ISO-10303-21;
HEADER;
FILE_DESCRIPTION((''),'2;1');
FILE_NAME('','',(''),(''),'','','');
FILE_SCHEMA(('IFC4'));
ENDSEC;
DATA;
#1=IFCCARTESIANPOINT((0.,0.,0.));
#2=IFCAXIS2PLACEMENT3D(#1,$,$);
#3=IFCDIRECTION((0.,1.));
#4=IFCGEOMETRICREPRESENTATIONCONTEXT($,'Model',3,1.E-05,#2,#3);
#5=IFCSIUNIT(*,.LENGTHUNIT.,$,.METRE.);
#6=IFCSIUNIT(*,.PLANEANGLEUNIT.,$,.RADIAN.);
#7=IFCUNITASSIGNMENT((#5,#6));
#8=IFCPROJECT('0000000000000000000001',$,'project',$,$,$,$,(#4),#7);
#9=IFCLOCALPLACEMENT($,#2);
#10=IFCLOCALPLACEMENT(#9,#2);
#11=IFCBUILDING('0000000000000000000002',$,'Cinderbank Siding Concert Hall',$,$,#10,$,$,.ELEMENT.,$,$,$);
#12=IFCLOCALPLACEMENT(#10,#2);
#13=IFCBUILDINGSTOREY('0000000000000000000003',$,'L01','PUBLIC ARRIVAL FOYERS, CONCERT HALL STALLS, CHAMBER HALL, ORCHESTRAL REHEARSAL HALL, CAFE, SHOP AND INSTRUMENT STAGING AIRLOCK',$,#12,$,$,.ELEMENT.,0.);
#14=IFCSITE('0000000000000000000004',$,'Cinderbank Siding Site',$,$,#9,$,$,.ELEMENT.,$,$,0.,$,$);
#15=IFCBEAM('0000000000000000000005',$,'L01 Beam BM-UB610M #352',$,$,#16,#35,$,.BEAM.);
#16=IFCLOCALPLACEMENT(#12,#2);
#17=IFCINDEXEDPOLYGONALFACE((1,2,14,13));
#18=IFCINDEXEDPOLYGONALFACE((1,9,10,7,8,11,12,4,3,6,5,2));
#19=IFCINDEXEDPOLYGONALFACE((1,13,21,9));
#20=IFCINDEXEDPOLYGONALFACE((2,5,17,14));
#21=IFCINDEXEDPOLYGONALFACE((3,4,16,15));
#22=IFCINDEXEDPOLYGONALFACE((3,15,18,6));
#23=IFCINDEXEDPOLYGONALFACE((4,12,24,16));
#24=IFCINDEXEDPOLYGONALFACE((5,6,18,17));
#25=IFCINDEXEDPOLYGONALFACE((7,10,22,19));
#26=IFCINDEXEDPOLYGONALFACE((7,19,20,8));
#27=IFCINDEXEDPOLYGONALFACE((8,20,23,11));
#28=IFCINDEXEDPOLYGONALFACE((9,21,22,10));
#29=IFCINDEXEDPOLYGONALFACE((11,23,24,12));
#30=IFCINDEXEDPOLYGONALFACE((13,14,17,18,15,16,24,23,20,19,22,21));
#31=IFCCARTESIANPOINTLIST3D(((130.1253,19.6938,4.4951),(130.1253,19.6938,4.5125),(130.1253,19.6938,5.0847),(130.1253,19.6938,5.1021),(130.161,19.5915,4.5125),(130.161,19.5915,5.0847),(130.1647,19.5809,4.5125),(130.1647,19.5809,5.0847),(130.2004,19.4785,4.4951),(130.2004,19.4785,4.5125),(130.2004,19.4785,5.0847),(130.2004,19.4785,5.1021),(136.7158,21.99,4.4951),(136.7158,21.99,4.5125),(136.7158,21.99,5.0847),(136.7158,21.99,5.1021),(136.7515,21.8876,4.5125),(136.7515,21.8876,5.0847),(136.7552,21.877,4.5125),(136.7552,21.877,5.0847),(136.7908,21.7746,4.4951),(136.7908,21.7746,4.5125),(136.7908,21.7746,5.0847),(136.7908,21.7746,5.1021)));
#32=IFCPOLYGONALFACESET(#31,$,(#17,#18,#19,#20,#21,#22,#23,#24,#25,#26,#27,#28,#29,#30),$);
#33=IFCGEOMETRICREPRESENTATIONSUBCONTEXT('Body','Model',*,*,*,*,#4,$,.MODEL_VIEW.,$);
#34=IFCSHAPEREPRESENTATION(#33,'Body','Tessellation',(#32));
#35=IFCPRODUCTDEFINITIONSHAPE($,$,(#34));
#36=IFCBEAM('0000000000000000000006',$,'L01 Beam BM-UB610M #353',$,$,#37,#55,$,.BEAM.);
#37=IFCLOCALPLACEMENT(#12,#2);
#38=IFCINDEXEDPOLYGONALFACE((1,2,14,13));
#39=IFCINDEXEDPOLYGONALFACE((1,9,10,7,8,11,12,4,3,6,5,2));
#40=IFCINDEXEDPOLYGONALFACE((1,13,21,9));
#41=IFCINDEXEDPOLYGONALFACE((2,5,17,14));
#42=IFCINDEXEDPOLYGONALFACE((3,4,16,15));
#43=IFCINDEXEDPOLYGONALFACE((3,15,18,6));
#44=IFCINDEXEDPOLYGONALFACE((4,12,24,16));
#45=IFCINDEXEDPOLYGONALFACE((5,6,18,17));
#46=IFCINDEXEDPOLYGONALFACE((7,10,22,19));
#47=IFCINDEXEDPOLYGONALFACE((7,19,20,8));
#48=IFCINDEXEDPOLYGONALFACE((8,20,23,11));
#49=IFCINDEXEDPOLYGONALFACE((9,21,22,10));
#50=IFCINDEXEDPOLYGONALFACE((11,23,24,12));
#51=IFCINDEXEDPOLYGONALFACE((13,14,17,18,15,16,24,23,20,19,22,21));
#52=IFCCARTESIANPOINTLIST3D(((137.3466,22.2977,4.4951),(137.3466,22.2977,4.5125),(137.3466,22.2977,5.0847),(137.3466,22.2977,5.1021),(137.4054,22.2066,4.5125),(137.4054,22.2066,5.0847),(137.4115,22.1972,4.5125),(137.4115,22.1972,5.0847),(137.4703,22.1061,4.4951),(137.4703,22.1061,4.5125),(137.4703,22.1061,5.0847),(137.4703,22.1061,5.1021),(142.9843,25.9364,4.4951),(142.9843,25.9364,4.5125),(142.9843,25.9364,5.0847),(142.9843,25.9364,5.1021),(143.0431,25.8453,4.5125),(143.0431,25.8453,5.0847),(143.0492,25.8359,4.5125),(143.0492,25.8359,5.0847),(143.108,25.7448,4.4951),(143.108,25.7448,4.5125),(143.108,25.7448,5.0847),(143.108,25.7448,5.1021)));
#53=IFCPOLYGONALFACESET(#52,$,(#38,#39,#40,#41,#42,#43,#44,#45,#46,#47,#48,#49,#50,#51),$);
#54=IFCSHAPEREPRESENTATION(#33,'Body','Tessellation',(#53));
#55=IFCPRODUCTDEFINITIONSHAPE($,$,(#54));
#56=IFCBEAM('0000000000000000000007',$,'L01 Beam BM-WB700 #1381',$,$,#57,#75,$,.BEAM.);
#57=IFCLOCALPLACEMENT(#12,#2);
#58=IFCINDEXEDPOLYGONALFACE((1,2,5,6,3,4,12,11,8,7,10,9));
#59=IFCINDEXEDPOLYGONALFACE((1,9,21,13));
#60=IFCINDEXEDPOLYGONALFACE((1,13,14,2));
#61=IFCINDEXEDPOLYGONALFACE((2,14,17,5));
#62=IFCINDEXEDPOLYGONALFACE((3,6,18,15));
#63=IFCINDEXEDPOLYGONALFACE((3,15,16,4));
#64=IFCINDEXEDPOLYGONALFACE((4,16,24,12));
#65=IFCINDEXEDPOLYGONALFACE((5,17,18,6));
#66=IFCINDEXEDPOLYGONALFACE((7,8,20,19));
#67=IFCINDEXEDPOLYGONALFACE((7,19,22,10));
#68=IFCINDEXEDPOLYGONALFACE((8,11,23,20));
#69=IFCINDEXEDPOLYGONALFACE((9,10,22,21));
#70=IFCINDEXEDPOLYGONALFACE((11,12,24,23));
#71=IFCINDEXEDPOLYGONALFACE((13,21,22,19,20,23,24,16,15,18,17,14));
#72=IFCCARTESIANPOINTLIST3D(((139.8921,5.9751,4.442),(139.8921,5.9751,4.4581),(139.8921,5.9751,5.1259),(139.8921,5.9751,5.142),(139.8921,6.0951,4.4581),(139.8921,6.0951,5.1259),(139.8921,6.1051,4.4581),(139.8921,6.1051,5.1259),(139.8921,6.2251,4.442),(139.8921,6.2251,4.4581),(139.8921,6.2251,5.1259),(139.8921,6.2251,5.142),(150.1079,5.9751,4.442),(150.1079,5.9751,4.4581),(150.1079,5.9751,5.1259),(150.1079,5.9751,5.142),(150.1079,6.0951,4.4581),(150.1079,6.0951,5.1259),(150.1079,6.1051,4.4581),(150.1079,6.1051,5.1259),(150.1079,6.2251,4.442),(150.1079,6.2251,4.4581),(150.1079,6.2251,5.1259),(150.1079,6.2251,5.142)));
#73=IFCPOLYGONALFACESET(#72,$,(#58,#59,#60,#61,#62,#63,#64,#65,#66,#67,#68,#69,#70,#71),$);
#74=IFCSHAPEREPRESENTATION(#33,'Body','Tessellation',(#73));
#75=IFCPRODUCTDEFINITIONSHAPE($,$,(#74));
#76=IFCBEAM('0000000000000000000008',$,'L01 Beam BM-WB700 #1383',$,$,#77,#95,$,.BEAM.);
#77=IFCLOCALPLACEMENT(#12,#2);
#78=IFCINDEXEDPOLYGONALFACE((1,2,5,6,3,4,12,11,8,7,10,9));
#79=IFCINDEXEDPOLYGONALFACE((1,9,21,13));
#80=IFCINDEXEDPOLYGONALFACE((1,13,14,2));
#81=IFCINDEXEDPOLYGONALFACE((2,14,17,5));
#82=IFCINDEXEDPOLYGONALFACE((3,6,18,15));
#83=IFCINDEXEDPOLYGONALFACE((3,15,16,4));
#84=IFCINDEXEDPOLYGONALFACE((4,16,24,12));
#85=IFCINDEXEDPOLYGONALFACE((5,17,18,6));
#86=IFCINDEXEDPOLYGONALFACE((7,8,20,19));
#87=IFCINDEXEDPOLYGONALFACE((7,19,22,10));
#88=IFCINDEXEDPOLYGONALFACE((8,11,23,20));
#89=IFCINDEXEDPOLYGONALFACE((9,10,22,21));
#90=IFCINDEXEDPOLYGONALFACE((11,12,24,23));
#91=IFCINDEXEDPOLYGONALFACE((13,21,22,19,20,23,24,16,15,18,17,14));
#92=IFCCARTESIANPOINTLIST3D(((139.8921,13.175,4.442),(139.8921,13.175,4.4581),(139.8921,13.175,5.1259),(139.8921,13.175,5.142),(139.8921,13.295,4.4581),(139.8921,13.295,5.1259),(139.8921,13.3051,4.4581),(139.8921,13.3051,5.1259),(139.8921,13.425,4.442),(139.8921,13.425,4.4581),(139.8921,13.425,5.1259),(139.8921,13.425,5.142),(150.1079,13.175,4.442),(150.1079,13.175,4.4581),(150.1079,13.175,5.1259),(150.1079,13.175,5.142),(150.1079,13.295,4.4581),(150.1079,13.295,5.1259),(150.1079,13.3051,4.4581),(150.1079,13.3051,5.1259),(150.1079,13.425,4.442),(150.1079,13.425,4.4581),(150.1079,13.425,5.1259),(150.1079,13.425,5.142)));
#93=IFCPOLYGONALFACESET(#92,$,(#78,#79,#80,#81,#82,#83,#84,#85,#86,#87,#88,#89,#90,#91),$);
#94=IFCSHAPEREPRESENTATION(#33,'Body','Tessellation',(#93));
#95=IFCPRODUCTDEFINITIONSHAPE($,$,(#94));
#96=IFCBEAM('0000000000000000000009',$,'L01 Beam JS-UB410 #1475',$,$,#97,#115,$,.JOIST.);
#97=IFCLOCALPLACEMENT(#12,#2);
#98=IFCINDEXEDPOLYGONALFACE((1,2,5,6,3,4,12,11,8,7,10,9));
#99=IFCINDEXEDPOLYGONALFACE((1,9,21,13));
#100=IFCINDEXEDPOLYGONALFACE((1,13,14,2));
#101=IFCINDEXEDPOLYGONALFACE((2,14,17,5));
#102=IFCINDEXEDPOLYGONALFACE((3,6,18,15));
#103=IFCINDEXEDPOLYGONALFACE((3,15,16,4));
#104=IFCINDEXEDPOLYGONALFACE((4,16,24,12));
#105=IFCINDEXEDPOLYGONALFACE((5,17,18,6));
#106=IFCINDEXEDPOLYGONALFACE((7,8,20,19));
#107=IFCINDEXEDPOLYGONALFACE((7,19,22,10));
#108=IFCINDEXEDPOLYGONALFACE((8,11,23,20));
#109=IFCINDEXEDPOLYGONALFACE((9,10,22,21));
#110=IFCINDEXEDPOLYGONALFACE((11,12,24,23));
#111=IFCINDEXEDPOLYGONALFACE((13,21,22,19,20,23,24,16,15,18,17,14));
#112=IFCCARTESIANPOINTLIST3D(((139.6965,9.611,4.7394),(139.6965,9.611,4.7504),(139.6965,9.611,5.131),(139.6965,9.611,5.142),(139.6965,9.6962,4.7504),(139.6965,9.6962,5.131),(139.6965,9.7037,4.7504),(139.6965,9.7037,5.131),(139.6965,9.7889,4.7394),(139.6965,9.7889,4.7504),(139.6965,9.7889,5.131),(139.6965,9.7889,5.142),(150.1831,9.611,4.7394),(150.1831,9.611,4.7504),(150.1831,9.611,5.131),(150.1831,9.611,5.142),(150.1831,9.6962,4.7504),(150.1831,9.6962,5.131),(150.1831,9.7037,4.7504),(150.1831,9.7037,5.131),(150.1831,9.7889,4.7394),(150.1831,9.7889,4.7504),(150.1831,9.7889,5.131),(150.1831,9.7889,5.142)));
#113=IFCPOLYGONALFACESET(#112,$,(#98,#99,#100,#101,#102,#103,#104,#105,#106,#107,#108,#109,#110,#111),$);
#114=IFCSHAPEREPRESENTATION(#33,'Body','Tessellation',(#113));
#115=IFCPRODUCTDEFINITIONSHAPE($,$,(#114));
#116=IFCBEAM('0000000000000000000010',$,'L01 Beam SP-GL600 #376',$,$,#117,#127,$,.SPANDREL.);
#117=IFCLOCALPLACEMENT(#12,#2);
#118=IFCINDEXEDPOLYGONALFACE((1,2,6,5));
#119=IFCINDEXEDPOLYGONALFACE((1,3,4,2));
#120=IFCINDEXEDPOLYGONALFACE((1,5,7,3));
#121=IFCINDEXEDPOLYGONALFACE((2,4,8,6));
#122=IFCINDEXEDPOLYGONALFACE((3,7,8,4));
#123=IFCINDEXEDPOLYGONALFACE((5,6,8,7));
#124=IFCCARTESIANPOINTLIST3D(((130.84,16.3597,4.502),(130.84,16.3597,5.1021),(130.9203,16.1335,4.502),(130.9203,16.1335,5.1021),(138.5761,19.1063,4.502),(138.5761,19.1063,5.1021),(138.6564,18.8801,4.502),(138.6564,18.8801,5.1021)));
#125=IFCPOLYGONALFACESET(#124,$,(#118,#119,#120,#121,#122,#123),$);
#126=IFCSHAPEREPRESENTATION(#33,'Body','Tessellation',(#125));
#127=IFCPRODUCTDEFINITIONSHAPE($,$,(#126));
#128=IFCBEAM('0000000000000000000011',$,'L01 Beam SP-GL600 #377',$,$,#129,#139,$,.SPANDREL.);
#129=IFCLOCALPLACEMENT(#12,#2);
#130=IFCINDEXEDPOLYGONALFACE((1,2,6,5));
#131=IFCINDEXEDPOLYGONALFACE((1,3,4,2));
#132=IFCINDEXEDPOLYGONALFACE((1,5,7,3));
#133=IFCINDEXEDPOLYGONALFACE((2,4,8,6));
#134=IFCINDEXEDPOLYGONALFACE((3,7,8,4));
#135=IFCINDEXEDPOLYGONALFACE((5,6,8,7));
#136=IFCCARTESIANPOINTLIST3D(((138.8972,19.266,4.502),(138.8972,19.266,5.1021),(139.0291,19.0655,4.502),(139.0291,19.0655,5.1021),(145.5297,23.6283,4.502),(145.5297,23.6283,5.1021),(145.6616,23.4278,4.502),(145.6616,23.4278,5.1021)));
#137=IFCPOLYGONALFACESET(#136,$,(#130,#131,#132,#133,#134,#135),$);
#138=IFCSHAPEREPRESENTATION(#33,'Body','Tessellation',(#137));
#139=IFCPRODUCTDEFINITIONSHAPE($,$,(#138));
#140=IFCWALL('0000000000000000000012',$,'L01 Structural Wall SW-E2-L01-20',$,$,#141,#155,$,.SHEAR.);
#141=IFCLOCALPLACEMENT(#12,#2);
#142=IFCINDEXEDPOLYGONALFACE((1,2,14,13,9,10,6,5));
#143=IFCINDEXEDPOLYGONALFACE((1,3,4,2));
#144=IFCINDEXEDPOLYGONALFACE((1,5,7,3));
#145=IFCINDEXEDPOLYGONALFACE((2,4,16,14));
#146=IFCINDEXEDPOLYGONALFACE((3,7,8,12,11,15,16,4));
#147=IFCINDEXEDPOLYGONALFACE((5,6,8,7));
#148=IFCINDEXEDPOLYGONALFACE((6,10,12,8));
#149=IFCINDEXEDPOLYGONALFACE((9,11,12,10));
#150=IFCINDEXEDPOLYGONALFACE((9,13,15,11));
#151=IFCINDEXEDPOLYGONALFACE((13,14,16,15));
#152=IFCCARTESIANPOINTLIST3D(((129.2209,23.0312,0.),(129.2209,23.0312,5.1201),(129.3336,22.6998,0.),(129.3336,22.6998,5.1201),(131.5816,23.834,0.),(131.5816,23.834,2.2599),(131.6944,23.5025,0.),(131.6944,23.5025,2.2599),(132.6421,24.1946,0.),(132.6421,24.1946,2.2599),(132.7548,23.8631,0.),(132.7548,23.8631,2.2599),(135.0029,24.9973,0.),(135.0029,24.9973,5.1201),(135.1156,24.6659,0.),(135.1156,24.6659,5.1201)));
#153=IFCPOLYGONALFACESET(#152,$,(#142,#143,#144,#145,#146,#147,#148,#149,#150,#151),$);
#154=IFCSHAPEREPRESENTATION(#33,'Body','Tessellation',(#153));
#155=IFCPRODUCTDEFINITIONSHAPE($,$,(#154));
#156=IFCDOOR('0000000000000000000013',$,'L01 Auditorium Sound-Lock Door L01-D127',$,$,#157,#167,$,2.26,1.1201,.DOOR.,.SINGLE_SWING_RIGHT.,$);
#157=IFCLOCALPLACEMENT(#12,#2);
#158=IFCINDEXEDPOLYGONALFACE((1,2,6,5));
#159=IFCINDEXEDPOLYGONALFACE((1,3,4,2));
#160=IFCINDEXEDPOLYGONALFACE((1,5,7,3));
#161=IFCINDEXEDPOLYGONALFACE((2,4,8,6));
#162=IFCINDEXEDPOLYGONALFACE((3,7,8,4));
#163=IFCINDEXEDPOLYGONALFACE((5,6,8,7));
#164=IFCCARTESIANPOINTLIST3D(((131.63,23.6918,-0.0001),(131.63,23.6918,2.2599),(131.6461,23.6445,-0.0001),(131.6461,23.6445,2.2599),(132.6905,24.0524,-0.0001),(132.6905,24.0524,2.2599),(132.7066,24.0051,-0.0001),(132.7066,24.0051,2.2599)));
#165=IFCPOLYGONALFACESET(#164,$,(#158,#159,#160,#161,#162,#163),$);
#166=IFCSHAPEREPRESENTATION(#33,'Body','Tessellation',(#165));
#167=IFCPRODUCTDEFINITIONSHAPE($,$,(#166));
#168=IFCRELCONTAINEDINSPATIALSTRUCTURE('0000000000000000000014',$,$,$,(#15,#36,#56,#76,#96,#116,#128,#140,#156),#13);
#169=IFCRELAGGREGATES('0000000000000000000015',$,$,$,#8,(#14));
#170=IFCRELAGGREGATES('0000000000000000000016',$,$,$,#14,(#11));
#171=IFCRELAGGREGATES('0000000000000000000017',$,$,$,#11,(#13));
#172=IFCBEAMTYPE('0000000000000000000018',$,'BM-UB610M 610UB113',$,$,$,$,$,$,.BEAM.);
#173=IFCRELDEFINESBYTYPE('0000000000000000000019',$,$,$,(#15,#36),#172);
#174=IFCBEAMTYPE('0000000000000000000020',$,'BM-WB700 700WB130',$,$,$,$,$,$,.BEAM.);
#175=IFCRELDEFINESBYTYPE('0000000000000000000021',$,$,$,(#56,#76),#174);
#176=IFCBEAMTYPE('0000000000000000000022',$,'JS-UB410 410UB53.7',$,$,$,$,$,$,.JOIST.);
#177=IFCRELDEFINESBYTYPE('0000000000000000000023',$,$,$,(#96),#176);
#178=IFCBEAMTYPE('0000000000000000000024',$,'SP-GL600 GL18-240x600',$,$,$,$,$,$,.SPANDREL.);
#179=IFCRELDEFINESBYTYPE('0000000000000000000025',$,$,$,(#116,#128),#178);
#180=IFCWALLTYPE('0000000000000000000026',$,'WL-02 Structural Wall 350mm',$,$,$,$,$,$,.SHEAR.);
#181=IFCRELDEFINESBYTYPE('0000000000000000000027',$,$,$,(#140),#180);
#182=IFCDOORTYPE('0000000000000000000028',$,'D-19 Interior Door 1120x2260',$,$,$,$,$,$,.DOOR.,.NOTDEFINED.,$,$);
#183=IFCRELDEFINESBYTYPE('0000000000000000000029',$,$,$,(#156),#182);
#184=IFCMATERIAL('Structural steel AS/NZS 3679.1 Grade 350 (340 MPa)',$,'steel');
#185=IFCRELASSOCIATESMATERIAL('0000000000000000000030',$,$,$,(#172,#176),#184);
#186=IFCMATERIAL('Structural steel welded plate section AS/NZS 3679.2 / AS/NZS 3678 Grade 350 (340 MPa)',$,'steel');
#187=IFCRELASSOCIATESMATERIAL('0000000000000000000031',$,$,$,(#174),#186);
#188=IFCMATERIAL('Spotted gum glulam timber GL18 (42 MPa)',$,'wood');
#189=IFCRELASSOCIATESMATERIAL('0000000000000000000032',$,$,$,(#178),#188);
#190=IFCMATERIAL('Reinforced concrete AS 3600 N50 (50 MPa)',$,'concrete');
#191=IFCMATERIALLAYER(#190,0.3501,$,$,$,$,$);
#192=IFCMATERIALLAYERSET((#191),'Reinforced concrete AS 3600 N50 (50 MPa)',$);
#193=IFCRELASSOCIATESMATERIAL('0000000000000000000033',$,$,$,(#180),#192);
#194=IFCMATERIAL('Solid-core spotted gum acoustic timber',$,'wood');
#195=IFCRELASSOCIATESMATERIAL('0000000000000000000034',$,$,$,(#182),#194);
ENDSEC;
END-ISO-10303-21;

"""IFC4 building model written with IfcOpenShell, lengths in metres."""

from ifc_helpers import new_model, si_unit, direction, frame, frame_2d, origin, origin_2d, place, context, subcontext, project, spatial, rectangle, i_section, extrude, material, layer, layer_set, material_profile, profile_set, type_object, element, fill, save


model = new_model("IFC4")

# Units and contexts
model_context = context("Model", 3, precision=1e-05, world=origin(), true_north=direction((0.0, 1.0)))
body_context = subcontext(model_context, "Body", "Model", "MODEL_VIEW")
ifc_project = project(units=[si_unit("LENGTHUNIT", "METRE"), si_unit("PLANEANGLEUNIT", "RADIAN")], contexts=[model_context])

# Site, building, storey
site_placement = place(None, origin())
site = spatial("IfcSite", under=ifc_project, at=site_placement, Name="Cinderbank Siding Site", CompositionType="ELEMENT", RefElevation=0.0)
building_placement = place(site_placement, origin())
building = spatial("IfcBuilding", under=site, at=building_placement, Name="Cinderbank Siding Concert Hall", CompositionType="ELEMENT")
storey_placement = place(building_placement, origin())
storey = spatial("IfcBuildingStorey", under=building, at=storey_placement, Name="L01", Description="PUBLIC ARRIVAL FOYERS, CONCERT HALL STALLS, CHAMBER HALL, ORCHESTRAL REHEARSAL HALL, CAFE, SHOP AND INSTRUMENT STAGING AIRLOCK", CompositionType="ELEMENT", Elevation=0.0)

# Shared definitions
ifc_material_1 = material(Name="Reinforced concrete AS 3600 N50 (50 MPa)", Category="concrete")

# Beams
ifc_material_2 = material(Name="Structural steel AS/NZS 3679.1 Grade 350 (340 MPa)", Category="steel")
ifc_material_profile_1 = material_profile(ifc_material_2, i_section(OverallWidth=0.228, OverallDepth=0.6069, WebThickness=0.0112, FlangeThickness=0.0173, at=origin_2d()), Name="610UB113", Category="LoadBearing")
ifc_profile_set_1 = profile_set([ifc_material_profile_1], Name="Structural steel AS/NZS 3679.1 Grade 350 (340 MPa)")
beam_type_1 = type_object("IfcBeamType", Name="BM-UB610M 610UB113", PredefinedType="BEAM", material=ifc_profile_set_1)
beam_1_placement = place(storey_placement, frame((130.1628, 19.5862, 4.7986), z_axis=(0.944329, 0.329002, 0.0), x_axis=(-0.329002, 0.944329, 0.0)))
element("IfcBeam", 1, at=beam_1_placement, inside=storey, type_object=beam_type_1, Name="L01 Beam BM-UB610M #352", PredefinedType="BEAM", context=body_context, shape_type="SweptSolid", body=[
    extrude(i_section(OverallWidth=0.228, OverallDepth=0.6069, WebThickness=0.0112, FlangeThickness=0.0173, at=origin_2d()), origin(), (0.0, 0.0, 1.0), 6.979),
])
beam_2_placement = place(storey_placement, frame((137.4084, 22.2019, 4.7986), z_axis=(0.840198, 0.542279, 0.0), x_axis=(-0.542279, 0.840198, 0.0)))
element("IfcBeam", 2, at=beam_2_placement, inside=storey, type_object=beam_type_1, Name="L01 Beam BM-UB610M #353", PredefinedType="BEAM", context=body_context, shape_type="SweptSolid", body=[
    extrude(i_section(OverallWidth=0.228, OverallDepth=0.6069, WebThickness=0.0112, FlangeThickness=0.0173, at=origin_2d()), origin(), (0.0, 0.0, 1.0), 6.71),
])
ifc_material_3 = material(Name="Structural steel welded plate section AS/NZS 3679.2 / AS/NZS 3678 Grade 350 (340 MPa)", Category="steel")
ifc_material_profile_2 = material_profile(ifc_material_3, i_section(OverallWidth=0.25, OverallDepth=0.7, WebThickness=0.01, FlangeThickness=0.0161, at=origin_2d()), Name="700WB130", Category="LoadBearing")
ifc_profile_set_2 = profile_set([ifc_material_profile_2], Name="Structural steel welded plate section AS/NZS 3679.2 / AS/NZS 3678 Grade 350 (340 MPa)")
beam_type_2 = type_object("IfcBeamType", Name="BM-WB700 700WB130", PredefinedType="BEAM", material=ifc_profile_set_2)
for number, where, z_axis, x_axis, name in (
    (3, (139.8921, 6.1001, 4.792), (1.0, 0.0, 0.0), (0.0, 1.0, 0.0), "L01 Beam BM-WB700 #1381"),
    (4, (139.8921, 13.3, 4.792), (1.0, 0.0, 0.0), (0.0, 1.0, 0.0), "L01 Beam BM-WB700 #1383"),
):
    element("IfcBeam", number, at=place(storey_placement, frame(where, z_axis=z_axis, x_axis=x_axis)), inside=storey, type_object=beam_type_2, Name=name, PredefinedType="BEAM", context=body_context, shape_type="SweptSolid", body=[
        extrude(i_section(OverallWidth=0.25, OverallDepth=0.7, WebThickness=0.01, FlangeThickness=0.0161, at=origin_2d()), origin(), (0.0, 0.0, 1.0), 10.2158),
    ])
ifc_material_profile_3 = material_profile(ifc_material_2, i_section(OverallWidth=0.178, OverallDepth=0.4026, WebThickness=0.0076, FlangeThickness=0.011, at=origin_2d()), Name="410UB53.7", Category="LoadBearing")
ifc_profile_set_3 = profile_set([ifc_material_profile_3], Name="Structural steel AS/NZS 3679.1 Grade 350 (340 MPa)")
beam_type_3 = type_object("IfcBeamType", Name="JS-UB410 410UB53.7", PredefinedType="JOIST", material=ifc_profile_set_3)
beam_3_placement = place(storey_placement, frame((139.6965, 9.7, 4.9407), z_axis=(1.0, 0.0, 0.0), x_axis=(0.0, 1.0, 0.0)))
element("IfcBeam", 5, at=beam_3_placement, inside=storey, type_object=beam_type_3, Name="L01 Beam JS-UB410 #1475", PredefinedType="JOIST", context=body_context, shape_type="SweptSolid", body=[
    extrude(i_section(OverallWidth=0.178, OverallDepth=0.4026, WebThickness=0.0076, FlangeThickness=0.011, at=origin_2d()), origin(), (0.0, 0.0, 1.0), 10.4866),
])
ifc_material_4 = material(Name="Spotted gum glulam timber GL18 (42 MPa)", Category="wood")
ifc_material_profile_4 = material_profile(ifc_material_4, rectangle(XDim=0.24, YDim=0.6001, at=origin_2d()), Name="GL18-240x600", Category="LoadBearing")
ifc_profile_set_4 = profile_set([ifc_material_profile_4], Name="Spotted gum glulam timber GL18 (42 MPa)")
beam_type_4 = type_object("IfcBeamType", Name="SP-GL600 GL18-240x600", PredefinedType="SPANDREL", material=ifc_profile_set_4)
beam_4_placement = place(storey_placement, frame((130.8801, 16.2466, 4.802), z_axis=(0.942369, 0.334574, 0.0), x_axis=(-0.334574, 0.942369, 0.0)))
element("IfcBeam", 6, at=beam_4_placement, inside=storey, type_object=beam_type_4, Name="L01 Beam SP-GL600 #376", PredefinedType="SPANDREL", context=body_context, shape_type="SweptSolid", body=[
    extrude(rectangle(XDim=0.24, YDim=0.6001, at=origin_2d()), origin(), (0.0, 0.0, 1.0), 8.2092),
])
beam_5_placement = place(storey_placement, frame((138.9631, 19.1658, 4.802), z_axis=(0.835488, 0.549509, 0.0), x_axis=(-0.549509, 0.835488, 0.0)))
element("IfcBeam", 7, at=beam_5_placement, inside=storey, type_object=beam_type_4, Name="L01 Beam SP-GL600 #377", PredefinedType="SPANDREL", context=body_context, shape_type="SweptSolid", body=[
    extrude(rectangle(XDim=0.24, YDim=0.6001, at=origin_2d()), origin(), (0.0, 0.0, 1.0), 7.9385),
])

# Wall, opening, door
ifc_layer_1 = layer(ifc_material_1, 0.3501)
ifc_layer_set_1 = layer_set([ifc_layer_1], Name="Reinforced concrete AS 3600 N50 (50 MPa)")
wall_type_1 = type_object("IfcWallType", Name="WL-02 Structural Wall 350mm", PredefinedType="SHEAR", material=ifc_layer_set_1)
wall_1_placement = place(storey_placement, frame((129.2771, 22.8655, 0.0), z_axis=(0.0, 0.0, 1.0), x_axis=(0.946763, 0.321931, 0.0)))
wall_1 = element("IfcWall", 8, at=wall_1_placement, inside=storey, type_object=wall_type_1, Name="L01 Structural Wall SW-E2-L01-20", PredefinedType="SHEAR", context=body_context, shape_type="SweptSolid", body=[
    extrude(rectangle(XDim=6.1072, YDim=0.3501, at=frame_2d((3.0537, 0.0))), origin(), (0.0, 0.0, 1.0), 5.1201),
])
opening_1_placement = place(wall_1_placement, frame((2.4937, 0.0, 0.0)))
opening_1 = element("IfcOpeningElement", 9, at=opening_1_placement, cuts=wall_1, PredefinedType="OPENING", context=body_context, shape_type="SweptSolid", body=[
    extrude(rectangle(XDim=1.1201, YDim=2.26, at=frame_2d((0.5601, 1.1299))), frame((0.0, 0.187, 0.0), z_axis=(0.0, -1.0, 0.0), x_axis=(1.0, 0.0, 0.0)), (0.0, 0.0, 1.0), 0.374),
])
ifc_material_5 = material(Name="Solid-core spotted gum acoustic timber", Category="wood")
door_type_1 = type_object("IfcDoorType", Name="D-19 Interior Door 1120x2260", OperationType="NOTDEFINED", PredefinedType="DOOR", material=ifc_material_5)
door_1_placement = place(opening_1_placement, origin())
door_1 = element("IfcDoor", 10, at=door_1_placement, inside=storey, type_object=door_type_1, Name="L01 Auditorium Sound-Lock Door L01-D127", OperationType="SINGLE_SWING_RIGHT", OverallHeight=2.26, OverallWidth=1.1201, PredefinedType="DOOR", context=body_context, shape_type="SweptSolid", body=[
    extrude(rectangle(XDim=1.1201, YDim=2.26, at=frame_2d((0.5601, 1.1299))), frame((0.0, 0.0249, 0.0), z_axis=(0.0, -1.0, 0.0), x_axis=(1.0, 0.0, 0.0)), (0.0, 0.0, 1.0), 0.05),
])
fill(opening_1, door_1)

save(model, "model.ifc")
